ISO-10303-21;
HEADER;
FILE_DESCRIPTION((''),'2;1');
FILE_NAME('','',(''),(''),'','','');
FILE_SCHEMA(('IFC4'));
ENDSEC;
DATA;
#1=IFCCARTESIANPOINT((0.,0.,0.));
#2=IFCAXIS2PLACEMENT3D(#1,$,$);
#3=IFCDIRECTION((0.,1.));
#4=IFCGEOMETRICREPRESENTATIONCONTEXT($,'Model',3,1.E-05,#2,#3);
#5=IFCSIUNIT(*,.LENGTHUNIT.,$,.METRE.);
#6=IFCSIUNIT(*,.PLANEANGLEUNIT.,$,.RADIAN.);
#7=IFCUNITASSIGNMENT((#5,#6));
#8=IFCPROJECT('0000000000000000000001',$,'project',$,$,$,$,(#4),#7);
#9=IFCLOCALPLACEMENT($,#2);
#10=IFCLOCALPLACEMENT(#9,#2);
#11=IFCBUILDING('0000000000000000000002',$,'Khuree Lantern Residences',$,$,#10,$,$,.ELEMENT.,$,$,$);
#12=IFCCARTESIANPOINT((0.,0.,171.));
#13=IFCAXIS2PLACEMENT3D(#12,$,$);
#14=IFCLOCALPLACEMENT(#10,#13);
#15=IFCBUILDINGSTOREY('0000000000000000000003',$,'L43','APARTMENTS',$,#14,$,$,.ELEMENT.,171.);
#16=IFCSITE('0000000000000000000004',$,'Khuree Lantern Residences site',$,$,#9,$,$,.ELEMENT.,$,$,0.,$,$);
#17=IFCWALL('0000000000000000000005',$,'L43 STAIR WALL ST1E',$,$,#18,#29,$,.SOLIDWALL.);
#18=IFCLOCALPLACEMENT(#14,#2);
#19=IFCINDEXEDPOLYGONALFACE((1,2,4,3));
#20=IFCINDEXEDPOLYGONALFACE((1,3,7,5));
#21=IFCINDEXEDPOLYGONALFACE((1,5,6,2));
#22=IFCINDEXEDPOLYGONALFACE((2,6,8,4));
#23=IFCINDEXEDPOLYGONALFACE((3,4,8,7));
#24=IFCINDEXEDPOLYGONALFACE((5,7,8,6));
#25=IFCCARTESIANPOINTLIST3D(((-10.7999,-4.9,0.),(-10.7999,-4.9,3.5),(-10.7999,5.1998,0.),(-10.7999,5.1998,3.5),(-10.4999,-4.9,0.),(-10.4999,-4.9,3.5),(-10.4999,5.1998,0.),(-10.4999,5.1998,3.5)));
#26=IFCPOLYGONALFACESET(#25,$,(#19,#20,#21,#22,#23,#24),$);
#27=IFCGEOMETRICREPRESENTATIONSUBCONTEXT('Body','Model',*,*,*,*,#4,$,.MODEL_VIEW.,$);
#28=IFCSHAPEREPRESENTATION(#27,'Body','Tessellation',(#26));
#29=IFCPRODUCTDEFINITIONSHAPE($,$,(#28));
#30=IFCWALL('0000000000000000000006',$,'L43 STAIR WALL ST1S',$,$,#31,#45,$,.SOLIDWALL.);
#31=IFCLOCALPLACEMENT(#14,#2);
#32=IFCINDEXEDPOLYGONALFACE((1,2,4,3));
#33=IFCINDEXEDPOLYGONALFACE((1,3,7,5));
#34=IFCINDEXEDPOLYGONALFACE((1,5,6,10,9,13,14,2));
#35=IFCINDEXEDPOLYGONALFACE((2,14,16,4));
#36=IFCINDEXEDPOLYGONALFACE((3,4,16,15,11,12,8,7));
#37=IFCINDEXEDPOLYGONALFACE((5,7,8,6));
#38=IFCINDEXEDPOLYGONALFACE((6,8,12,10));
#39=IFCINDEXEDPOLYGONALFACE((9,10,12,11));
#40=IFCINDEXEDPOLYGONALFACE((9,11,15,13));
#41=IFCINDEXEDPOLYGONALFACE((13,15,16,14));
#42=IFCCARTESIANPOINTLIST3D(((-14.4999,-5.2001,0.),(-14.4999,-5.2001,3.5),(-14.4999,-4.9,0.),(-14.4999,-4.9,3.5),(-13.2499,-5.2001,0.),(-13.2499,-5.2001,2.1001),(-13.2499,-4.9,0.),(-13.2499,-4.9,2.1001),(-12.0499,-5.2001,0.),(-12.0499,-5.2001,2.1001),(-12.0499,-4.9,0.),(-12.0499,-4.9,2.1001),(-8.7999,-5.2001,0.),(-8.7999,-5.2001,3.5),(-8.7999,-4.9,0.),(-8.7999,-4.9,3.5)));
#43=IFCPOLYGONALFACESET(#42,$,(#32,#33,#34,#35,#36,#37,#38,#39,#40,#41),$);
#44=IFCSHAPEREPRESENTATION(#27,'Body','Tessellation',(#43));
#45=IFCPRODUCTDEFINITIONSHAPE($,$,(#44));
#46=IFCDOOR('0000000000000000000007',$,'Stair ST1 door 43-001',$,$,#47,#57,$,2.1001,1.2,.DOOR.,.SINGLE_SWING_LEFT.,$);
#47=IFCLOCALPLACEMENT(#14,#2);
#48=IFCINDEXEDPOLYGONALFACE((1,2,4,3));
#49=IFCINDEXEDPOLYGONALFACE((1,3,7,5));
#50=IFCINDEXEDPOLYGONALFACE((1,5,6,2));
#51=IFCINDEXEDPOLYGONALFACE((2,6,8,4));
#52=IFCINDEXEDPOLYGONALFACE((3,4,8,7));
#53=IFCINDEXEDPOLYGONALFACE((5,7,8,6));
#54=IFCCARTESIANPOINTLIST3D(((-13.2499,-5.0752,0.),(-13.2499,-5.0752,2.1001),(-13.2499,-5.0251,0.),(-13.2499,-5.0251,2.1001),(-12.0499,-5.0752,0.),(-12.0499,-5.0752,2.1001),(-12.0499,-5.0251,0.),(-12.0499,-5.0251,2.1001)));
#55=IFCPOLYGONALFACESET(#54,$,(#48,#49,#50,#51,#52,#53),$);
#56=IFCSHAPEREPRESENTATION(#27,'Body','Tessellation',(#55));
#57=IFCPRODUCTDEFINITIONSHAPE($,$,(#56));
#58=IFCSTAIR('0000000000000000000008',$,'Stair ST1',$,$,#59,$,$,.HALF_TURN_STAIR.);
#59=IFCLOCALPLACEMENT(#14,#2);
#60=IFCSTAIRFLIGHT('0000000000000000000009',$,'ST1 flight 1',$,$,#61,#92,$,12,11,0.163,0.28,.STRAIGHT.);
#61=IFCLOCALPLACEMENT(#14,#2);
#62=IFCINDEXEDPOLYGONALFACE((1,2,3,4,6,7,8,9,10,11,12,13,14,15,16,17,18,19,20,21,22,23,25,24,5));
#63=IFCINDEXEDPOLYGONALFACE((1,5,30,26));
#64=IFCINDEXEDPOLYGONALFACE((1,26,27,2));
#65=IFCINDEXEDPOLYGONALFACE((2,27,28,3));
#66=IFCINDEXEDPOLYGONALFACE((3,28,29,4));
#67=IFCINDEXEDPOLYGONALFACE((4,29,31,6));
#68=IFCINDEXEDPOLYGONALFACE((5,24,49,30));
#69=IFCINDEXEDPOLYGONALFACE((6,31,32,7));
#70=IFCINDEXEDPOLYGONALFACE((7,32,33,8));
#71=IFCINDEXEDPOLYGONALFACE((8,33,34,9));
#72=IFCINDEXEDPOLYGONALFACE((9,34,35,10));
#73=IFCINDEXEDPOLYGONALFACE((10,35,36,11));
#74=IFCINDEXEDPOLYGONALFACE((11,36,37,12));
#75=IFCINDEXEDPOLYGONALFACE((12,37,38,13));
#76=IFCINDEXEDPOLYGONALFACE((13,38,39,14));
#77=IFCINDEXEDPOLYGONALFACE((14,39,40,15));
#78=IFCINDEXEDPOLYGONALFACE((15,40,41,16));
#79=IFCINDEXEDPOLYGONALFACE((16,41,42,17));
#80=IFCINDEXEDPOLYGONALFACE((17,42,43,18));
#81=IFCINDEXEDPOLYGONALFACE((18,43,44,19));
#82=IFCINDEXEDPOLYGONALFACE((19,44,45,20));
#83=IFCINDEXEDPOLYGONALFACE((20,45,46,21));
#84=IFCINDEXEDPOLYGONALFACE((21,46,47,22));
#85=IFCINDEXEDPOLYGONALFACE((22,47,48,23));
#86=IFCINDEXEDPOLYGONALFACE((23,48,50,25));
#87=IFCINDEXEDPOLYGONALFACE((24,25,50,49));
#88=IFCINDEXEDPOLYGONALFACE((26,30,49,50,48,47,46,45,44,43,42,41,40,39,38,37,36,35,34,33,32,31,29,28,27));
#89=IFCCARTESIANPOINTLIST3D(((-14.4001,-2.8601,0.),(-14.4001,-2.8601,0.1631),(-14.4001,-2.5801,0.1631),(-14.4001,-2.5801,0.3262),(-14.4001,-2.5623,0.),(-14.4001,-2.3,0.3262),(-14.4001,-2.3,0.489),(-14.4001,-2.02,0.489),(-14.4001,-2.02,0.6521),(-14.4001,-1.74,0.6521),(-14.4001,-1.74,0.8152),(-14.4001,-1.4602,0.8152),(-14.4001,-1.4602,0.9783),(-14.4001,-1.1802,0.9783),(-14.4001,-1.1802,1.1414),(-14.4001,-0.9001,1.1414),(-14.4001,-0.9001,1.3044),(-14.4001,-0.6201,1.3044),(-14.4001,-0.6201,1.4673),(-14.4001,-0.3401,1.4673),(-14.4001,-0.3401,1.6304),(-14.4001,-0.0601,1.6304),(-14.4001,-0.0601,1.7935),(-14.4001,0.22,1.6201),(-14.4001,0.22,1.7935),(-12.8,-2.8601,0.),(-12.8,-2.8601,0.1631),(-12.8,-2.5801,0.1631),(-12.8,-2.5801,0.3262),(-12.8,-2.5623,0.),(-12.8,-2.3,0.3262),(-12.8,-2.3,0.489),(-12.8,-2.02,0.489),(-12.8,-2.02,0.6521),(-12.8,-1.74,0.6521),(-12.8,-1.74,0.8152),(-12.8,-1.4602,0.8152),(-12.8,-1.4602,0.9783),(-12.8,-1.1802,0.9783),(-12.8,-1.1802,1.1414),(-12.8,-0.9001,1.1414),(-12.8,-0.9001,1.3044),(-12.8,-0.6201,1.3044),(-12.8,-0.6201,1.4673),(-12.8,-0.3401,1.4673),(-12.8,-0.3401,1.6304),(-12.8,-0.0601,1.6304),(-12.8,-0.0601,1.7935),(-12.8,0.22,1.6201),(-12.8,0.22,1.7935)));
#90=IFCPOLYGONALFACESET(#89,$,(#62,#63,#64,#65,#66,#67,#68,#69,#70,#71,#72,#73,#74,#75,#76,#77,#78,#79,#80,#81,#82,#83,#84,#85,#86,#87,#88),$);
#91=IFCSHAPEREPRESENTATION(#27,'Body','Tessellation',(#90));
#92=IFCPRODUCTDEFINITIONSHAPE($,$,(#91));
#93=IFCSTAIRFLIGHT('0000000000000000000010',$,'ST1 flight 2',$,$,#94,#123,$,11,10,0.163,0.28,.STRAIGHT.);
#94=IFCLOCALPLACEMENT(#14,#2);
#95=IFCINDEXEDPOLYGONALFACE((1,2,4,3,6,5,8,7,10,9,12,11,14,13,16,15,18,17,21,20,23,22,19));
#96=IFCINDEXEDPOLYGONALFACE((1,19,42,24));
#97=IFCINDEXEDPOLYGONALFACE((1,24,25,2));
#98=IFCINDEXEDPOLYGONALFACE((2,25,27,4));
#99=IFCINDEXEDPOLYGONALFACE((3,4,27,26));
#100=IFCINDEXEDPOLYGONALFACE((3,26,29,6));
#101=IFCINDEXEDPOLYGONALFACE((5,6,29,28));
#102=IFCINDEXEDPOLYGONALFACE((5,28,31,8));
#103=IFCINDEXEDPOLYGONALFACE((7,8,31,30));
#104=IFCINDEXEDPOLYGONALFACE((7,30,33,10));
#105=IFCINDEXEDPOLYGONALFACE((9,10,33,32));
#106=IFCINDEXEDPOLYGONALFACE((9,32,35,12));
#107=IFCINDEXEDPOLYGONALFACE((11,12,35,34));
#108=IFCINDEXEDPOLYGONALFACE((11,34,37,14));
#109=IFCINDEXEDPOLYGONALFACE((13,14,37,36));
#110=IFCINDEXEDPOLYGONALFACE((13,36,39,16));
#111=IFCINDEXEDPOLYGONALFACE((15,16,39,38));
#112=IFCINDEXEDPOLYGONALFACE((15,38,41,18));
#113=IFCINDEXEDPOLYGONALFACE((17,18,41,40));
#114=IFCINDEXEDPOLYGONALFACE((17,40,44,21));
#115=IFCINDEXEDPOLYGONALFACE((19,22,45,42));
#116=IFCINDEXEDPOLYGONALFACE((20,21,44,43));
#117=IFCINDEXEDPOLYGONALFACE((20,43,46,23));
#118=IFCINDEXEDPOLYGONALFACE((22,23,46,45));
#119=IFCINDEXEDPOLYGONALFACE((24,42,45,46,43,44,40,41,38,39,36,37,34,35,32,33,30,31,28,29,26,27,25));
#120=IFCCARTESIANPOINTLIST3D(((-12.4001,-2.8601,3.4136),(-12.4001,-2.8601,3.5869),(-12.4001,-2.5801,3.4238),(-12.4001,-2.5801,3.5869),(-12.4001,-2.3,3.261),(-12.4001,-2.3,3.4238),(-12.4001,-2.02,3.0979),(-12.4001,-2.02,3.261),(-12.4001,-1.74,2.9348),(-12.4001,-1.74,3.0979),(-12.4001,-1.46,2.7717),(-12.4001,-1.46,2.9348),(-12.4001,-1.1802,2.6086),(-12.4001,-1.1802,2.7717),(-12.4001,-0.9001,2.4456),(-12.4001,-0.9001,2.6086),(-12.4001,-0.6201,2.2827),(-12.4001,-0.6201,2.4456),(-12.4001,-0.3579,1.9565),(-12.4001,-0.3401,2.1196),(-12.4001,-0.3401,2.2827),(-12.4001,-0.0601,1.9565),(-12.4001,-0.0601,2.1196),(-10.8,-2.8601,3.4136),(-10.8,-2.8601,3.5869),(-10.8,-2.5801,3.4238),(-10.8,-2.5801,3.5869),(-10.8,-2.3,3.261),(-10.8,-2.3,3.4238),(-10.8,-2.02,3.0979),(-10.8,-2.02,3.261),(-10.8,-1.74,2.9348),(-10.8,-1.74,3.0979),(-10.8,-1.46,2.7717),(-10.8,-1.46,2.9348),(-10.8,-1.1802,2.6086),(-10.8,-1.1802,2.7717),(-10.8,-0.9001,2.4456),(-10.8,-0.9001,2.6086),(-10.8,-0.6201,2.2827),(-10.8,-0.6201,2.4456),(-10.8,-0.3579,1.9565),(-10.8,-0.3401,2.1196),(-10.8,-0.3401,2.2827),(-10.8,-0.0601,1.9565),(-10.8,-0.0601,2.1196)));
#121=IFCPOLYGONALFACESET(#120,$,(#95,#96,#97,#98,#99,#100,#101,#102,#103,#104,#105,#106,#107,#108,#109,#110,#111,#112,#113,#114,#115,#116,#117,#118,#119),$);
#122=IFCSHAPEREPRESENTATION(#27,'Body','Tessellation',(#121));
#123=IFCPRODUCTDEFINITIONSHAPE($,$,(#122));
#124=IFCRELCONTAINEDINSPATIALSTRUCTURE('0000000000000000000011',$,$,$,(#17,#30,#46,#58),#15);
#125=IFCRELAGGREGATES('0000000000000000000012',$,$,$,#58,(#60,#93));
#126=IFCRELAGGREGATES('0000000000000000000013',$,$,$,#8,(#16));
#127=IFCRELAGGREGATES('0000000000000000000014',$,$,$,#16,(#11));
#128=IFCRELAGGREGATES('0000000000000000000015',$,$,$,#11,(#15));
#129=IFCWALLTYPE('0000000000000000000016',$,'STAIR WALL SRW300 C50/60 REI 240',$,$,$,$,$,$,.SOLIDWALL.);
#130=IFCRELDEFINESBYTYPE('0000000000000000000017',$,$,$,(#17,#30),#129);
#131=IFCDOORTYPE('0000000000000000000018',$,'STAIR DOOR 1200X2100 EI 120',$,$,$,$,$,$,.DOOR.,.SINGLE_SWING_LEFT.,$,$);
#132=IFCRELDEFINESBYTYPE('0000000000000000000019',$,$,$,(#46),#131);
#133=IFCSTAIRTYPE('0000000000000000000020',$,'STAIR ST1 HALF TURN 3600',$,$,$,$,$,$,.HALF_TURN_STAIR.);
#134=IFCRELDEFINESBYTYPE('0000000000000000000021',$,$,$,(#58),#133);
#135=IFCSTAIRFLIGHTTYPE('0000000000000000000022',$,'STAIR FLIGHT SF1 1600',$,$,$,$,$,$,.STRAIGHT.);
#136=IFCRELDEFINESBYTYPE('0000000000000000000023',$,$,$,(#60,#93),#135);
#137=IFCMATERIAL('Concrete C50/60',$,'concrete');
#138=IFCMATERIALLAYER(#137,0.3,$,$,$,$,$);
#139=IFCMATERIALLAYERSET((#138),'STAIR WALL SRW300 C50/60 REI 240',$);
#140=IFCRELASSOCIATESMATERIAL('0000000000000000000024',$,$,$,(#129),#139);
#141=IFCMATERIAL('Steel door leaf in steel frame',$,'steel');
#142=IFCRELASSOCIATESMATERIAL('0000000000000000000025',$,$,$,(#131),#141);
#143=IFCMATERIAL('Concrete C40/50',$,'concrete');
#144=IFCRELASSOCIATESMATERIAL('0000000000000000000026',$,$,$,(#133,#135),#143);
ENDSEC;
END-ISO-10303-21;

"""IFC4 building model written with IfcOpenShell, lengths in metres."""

from ifc_helpers import new_model, si_unit, direction, frame, frame_2d, origin, place, context, subcontext, project, spatial, polyline, rectangle, outline, extrude, material, layer, layer_set, type_object, element, fill, aggregate, save


model = new_model("IFC4")

# Units and contexts
model_context = context("Model", 3, precision=1e-05, world=origin(), true_north=direction((0.0, 1.0)))
body_context = subcontext(model_context, "Body", "Model", "MODEL_VIEW")
ifc_project = project(units=[si_unit("LENGTHUNIT", "METRE"), si_unit("PLANEANGLEUNIT", "RADIAN")], contexts=[model_context])

# Site, building, storey
site_placement = place(None, origin())
site = spatial("IfcSite", under=ifc_project, at=site_placement, Name="Khuree Lantern Residences site", CompositionType="ELEMENT", RefElevation=0.0)
building_placement = place(site_placement, origin())
building = spatial("IfcBuilding", under=site, at=building_placement, Name="Khuree Lantern Residences", CompositionType="ELEMENT")
storey_placement = place(building_placement, frame((0.0, 0.0, 171.0)))
storey = spatial("IfcBuildingStorey", under=building, at=storey_placement, Name="L43", Description="APARTMENTS", CompositionType="ELEMENT", Elevation=171.0)

# Shared definitions
ifc_material_1 = material(Name="Steel door leaf in steel frame", Category="steel")

# Wall
ifc_material_2 = material(Name="Concrete C50/60", Category="concrete")
ifc_layer_1 = layer(ifc_material_2, 0.3)
ifc_layer_set_1 = layer_set([ifc_layer_1], Name="STAIR WALL SRW300 C50/60 REI 240")
wall_type_1 = type_object("IfcWallType", Name="STAIR WALL SRW300 C50/60 REI 240", PredefinedType="SOLIDWALL", material=ifc_layer_set_1)
wall_1_placement = place(storey_placement, frame((-10.6499, -4.8999, 0.0), z_axis=(0.0, 0.0, 1.0), x_axis=(0.0, 1.0, 0.0)))
element("IfcWall", 1, at=wall_1_placement, inside=storey, type_object=wall_type_1, Name="L43 STAIR WALL ST1E", PredefinedType="SOLIDWALL", context=body_context, shape_type="SweptSolid", body=[
    extrude(rectangle(XDim=10.0999, YDim=0.3, at=frame_2d((5.0498, 0.0))), origin(), (0.0, 0.0, 1.0), 3.5),
])

# Wall, opening, door
wall_2_placement = place(storey_placement, frame((-14.5, -5.05, 0.0), z_axis=(0.0, 0.0, 1.0), x_axis=(1.0, 0.0, 0.0)))
wall_2 = element("IfcWall", 2, at=wall_2_placement, inside=storey, type_object=wall_type_1, Name="L43 STAIR WALL ST1S", PredefinedType="SOLIDWALL", context=body_context, shape_type="SweptSolid", body=[
    extrude(rectangle(XDim=5.7, YDim=0.3, at=frame_2d((2.8501, 0.0))), origin(), (0.0, 0.0, 1.0), 3.5),
])
opening_1_placement = place(wall_2_placement, frame((1.25, 0.0, 0.0)))
opening_1 = element("IfcOpeningElement", 3, at=opening_1_placement, cuts=wall_2, PredefinedType="OPENING", context=body_context, shape_type="SweptSolid", body=[
    extrude(rectangle(XDim=1.2, YDim=2.1001, at=frame_2d((0.6001, 1.05))), frame((0.0, 0.1602, 0.0), z_axis=(0.0, -1.0, 0.0), x_axis=(1.0, 0.0, 0.0)), (0.0, 0.0, 1.0), 0.3201),
])
door_type_1 = type_object("IfcDoorType", Name="STAIR DOOR 1200X2100 EI 120", OperationType="SINGLE_SWING_LEFT", PredefinedType="DOOR", material=ifc_material_1)
door_1_placement = place(opening_1_placement, origin())
door_1 = element("IfcDoor", 4, at=door_1_placement, inside=storey, type_object=door_type_1, Name="Stair ST1 door 43-001", OperationType="SINGLE_SWING_LEFT", OverallHeight=2.1001, OverallWidth=1.2, PredefinedType="DOOR", context=body_context, shape_type="SweptSolid", body=[
    extrude(rectangle(XDim=1.2, YDim=2.1001, at=frame_2d((0.6001, 1.05))), frame((0.0, 0.0249, 0.0), z_axis=(0.0, -1.0, 0.0), x_axis=(1.0, 0.0, 0.0)), (0.0, 0.0, 1.0), 0.05),
])
fill(opening_1, door_1)

# Stair, stair flights
ifc_material_3 = material(Name="Concrete C40/50", Category="concrete")
stair_type = type_object("IfcStairType", Name="STAIR ST1 HALF TURN 3600", PredefinedType="HALF_TURN_STAIR", material=ifc_material_3)
stair_placement = place(storey_placement, origin())
stair = element("IfcStair", 5, at=stair_placement, inside=storey, type_object=stair_type, Name="Stair ST1", PredefinedType="HALF_TURN_STAIR")
stair_flight_type = type_object("IfcStairFlightType", Name="STAIR FLIGHT SF1 1600", PredefinedType="STRAIGHT", material=ifc_material_3)
stair_flight_1_placement = place(storey_placement, frame((-13.6001, -2.8601, 0.0), z_axis=(0.0, 0.0, 1.0), x_axis=(0.0, 1.0, 0.0)))
stair_flight_1 = element("IfcStairFlight", 6, at=stair_flight_1_placement, type_object=stair_flight_type, Name="ST1 flight 1", NumberOfRisers=12, NumberOfTreads=11, PredefinedType="STRAIGHT", RiserHeight=0.163, TreadLength=0.28, context=body_context, shape_type="SweptSolid", body=[
    extrude(outline(polyline([(0.0, 0.0), (0.0, 0.1631), (0.28, 0.1631), (0.28, 0.3262), (0.5601, 0.3262), (0.5601, 0.489), (0.8401, 0.489), (0.8401, 0.6521), (1.1201, 0.6521), (1.1201, 0.8152), (1.3999, 0.8152), (1.3999, 0.9783), (1.6799, 0.9783), (1.6799, 1.1414), (1.96, 1.1414), (1.96, 1.3044), (2.24, 1.3044), (2.24, 1.4673), (2.52, 1.4673), (2.52, 1.6304), (2.8, 1.6304), (2.8, 1.7935), (3.0801, 1.7935), (3.0801, 1.9565), (3.0801, 1.6201), (0.2979, 0.0), (0.0, 0.0)])), frame((0.0, 0.8, 0.0), z_axis=(0.0, -1.0, 0.0), x_axis=(1.0, 0.0, 0.0)), (0.0, 0.0, 1.0), 1.6001),
])
stair_flight_2_placement = place(storey_placement, frame((-11.6001, -0.0601, 1.9565), z_axis=(0.0, 0.0, 1.0), x_axis=(0.0, -1.0, 0.0)))
stair_flight_2 = element("IfcStairFlight", 7, at=stair_flight_2_placement, type_object=stair_flight_type, Name="ST1 flight 2", NumberOfRisers=11, NumberOfTreads=10, PredefinedType="STRAIGHT", RiserHeight=0.163, TreadLength=0.28, context=body_context, shape_type="SweptSolid", body=[
    extrude(outline(polyline([(0.0, 0.0), (0.0, 0.1631), (0.28, 0.1631), (0.28, 0.3262), (0.5601, 0.3262), (0.5601, 0.489), (0.8401, 0.489), (0.8401, 0.6521), (1.1201, 0.6521), (1.1201, 0.8152), (1.3999, 0.8152), (1.3999, 0.9783), (1.6799, 0.9783), (1.6799, 1.1414), (1.96, 1.1414), (1.96, 1.3044), (2.24, 1.3044), (2.24, 1.4673), (2.52, 1.4673), (2.52, 1.6304), (2.8, 1.6304), (2.8, 1.7935), (2.8, 1.457), (0.2979, 0.0), (0.0, 0.0)])), frame((0.0, 0.8, 0.0), z_axis=(0.0, -1.0, 0.0), x_axis=(1.0, 0.0, 0.0)), (0.0, 0.0, 1.0), 1.6001),
])
aggregate(stair, [stair_flight_1, stair_flight_2])

save(model, "model.ifc")
